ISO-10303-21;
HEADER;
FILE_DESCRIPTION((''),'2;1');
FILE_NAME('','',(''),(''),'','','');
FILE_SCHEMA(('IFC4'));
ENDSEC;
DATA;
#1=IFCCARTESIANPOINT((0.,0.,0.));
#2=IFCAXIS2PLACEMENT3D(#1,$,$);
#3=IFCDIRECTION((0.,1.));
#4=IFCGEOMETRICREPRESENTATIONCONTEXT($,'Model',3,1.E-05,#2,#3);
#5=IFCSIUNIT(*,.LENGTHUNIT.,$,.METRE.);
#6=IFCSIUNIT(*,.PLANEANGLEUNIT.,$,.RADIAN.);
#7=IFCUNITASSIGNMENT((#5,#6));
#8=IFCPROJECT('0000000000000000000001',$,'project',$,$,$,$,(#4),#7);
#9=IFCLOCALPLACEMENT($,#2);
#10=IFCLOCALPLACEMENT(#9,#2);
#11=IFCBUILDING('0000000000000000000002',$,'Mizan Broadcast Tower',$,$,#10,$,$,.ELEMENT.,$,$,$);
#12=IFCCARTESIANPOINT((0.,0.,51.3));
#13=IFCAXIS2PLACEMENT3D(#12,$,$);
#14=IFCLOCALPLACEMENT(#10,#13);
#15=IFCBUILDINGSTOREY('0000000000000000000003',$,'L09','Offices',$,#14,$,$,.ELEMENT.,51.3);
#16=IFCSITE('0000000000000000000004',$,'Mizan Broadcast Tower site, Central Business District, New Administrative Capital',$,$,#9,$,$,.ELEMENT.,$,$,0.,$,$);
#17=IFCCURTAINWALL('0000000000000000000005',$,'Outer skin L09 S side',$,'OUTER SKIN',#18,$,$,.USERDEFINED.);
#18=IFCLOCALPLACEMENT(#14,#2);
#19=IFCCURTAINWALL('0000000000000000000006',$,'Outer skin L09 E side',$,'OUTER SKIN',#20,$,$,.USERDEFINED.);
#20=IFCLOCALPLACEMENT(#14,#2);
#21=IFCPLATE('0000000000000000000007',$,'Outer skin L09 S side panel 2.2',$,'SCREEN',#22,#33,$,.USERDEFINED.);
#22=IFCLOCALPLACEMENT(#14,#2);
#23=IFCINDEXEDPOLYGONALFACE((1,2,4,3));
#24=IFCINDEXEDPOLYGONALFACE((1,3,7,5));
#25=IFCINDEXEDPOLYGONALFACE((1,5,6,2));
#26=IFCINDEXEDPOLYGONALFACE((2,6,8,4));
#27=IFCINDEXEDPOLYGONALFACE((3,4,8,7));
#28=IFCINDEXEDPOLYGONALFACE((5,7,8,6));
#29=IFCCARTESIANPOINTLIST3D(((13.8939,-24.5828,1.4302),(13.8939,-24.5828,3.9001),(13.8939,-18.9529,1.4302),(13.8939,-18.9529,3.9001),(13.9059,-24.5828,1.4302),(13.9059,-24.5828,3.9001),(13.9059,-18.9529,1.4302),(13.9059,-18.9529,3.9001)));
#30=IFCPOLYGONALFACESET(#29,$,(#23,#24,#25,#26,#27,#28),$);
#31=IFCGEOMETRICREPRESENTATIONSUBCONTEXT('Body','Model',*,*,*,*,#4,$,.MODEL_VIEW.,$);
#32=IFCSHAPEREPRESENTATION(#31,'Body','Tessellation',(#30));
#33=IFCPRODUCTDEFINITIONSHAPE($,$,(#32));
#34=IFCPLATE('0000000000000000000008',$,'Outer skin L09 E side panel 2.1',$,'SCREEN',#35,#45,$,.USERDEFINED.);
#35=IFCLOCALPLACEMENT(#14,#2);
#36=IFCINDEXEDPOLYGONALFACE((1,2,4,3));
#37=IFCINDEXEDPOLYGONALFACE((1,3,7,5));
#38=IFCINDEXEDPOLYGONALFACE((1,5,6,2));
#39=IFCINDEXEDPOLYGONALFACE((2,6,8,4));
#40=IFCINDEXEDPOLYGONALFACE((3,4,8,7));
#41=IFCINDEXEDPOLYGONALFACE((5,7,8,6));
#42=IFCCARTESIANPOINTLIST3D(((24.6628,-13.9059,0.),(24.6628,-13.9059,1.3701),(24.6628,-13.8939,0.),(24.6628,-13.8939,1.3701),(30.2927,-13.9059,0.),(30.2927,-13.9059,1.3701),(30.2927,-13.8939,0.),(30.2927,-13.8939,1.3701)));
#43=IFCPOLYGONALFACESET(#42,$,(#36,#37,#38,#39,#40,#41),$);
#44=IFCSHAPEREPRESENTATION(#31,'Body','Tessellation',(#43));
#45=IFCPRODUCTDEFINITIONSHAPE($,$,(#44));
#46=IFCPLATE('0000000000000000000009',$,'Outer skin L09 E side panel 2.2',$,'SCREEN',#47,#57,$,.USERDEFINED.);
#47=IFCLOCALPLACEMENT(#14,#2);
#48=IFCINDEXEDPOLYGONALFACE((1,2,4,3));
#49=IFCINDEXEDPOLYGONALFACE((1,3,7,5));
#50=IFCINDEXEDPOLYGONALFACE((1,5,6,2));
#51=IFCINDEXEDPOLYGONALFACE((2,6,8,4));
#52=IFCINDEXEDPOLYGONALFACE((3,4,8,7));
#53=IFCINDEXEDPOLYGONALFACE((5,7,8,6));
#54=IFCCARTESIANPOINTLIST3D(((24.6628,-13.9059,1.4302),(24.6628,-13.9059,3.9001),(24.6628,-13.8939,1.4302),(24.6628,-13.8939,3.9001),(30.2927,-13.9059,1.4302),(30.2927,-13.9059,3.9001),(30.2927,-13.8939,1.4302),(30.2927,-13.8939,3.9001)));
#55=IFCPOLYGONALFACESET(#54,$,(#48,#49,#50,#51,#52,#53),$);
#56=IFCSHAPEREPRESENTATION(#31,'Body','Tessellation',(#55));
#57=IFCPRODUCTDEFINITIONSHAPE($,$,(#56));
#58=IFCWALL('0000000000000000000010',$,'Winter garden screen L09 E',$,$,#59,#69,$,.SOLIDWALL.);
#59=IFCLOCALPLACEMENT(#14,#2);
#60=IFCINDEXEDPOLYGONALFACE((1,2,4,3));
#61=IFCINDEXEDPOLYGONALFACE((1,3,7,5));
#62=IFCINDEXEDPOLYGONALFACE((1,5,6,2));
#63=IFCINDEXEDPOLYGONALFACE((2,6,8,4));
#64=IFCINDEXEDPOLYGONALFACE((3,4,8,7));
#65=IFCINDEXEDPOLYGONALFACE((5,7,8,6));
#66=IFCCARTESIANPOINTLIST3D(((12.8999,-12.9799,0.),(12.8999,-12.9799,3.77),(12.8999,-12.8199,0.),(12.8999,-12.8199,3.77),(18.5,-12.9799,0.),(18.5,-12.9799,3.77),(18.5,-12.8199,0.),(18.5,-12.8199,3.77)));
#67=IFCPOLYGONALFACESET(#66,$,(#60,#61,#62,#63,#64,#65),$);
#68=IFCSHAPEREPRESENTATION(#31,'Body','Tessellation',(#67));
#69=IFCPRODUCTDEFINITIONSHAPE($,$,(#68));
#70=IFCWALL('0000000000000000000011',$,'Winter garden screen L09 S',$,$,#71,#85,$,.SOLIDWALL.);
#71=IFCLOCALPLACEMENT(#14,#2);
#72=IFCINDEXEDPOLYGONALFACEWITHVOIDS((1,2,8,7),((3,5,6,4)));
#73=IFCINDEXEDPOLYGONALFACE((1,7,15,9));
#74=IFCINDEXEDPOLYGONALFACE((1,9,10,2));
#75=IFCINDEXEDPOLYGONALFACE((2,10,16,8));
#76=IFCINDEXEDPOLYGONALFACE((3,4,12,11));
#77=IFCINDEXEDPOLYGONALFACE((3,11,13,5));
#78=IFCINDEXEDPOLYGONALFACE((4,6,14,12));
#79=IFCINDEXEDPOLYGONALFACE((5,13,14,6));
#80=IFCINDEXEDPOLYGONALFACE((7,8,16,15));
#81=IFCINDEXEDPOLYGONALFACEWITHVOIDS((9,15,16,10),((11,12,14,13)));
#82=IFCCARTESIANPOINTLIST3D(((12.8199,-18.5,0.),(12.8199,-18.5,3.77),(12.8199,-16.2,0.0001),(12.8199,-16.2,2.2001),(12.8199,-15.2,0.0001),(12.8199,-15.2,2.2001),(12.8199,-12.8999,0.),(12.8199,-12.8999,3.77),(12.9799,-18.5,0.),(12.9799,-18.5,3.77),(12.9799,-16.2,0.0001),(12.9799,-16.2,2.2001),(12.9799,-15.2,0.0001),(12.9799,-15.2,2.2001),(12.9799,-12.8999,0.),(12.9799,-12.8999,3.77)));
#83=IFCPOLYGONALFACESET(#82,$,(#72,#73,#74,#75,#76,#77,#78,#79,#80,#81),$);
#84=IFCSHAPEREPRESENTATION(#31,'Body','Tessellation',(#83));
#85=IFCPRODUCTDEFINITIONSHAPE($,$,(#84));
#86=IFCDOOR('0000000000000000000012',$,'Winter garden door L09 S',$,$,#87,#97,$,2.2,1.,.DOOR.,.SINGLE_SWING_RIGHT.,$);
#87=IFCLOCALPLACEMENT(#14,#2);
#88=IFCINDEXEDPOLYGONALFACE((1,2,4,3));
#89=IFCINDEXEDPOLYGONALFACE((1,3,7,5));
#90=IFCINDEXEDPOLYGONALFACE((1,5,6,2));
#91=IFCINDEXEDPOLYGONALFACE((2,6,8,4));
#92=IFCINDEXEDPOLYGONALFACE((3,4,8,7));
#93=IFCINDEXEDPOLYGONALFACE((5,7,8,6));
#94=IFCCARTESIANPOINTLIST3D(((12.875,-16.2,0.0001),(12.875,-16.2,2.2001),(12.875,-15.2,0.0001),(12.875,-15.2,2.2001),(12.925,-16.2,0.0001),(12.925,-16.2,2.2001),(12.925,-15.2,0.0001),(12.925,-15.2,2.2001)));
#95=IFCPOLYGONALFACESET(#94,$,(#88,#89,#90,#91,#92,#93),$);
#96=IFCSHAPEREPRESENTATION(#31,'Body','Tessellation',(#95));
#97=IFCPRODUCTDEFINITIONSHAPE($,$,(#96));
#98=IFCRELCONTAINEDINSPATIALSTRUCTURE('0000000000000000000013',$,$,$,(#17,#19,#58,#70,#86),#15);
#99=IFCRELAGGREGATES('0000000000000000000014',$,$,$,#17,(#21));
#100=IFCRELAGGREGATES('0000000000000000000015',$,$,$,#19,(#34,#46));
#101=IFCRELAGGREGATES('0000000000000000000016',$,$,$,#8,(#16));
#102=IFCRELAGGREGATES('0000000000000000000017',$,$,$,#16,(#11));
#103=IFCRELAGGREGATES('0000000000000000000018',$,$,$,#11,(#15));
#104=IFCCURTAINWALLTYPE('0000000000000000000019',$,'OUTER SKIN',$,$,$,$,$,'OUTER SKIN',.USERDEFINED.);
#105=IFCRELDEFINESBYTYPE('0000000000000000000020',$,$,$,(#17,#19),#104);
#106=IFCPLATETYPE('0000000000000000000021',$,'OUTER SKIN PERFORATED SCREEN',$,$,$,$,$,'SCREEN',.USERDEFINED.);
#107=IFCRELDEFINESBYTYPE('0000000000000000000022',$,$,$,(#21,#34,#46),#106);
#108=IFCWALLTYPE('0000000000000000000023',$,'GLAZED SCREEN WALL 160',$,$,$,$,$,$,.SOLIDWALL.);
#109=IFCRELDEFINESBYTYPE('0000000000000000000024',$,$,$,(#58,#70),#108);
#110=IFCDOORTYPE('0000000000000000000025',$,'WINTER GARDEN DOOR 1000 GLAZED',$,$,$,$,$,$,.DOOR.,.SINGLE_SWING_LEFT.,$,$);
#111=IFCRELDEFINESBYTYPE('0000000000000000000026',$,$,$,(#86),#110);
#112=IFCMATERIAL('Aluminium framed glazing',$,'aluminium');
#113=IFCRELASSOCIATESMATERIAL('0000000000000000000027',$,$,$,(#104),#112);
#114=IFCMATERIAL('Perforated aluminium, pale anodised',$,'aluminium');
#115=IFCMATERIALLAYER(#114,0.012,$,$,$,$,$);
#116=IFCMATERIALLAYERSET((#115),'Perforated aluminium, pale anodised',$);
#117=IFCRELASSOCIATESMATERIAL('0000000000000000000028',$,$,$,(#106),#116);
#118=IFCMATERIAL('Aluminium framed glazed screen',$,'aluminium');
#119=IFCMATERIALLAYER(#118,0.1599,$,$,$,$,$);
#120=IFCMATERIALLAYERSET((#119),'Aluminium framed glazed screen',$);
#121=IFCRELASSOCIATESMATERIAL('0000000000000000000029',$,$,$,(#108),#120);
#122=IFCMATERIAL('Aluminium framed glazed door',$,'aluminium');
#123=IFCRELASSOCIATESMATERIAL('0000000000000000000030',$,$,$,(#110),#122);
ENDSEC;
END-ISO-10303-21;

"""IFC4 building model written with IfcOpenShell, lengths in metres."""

from ifc_helpers import new_model, si_unit, direction, frame, frame_2d, origin, origin_2d, place, context, subcontext, project, spatial, rectangle, extrude, material, layer, layer_set, type_object, element, fill, aggregate, save


model = new_model("IFC4")

# Units and contexts
model_context = context("Model", 3, precision=1e-05, world=origin(), true_north=direction((0.0, 1.0)))
body_context = subcontext(model_context, "Body", "Model", "MODEL_VIEW")
ifc_project = project(units=[si_unit("LENGTHUNIT", "METRE"), si_unit("PLANEANGLEUNIT", "RADIAN")], contexts=[model_context])

# Site, building, storey
site_placement = place(None, origin())
site = spatial("IfcSite", under=ifc_project, at=site_placement, Name="Mizan Broadcast Tower site, Central Business District, New Administrative Capital", CompositionType="ELEMENT", RefElevation=0.0)
building_placement = place(site_placement, origin())
building = spatial("IfcBuilding", under=site, at=building_placement, Name="Mizan Broadcast Tower", CompositionType="ELEMENT")
storey_placement = place(building_placement, frame((0.0, 0.0, 51.3)))
storey = spatial("IfcBuildingStorey", under=building, at=storey_placement, Name="L09", Description="Offices", CompositionType="ELEMENT", Elevation=51.3)

# Shared definitions
ifc_material_1 = material(Name="Aluminium framed glazing", Category="aluminium")
curtain_wall_type_1 = type_object("IfcCurtainWallType", Name="OUTER SKIN", ElementType="OUTER SKIN", PredefinedType="USERDEFINED", material=ifc_material_1)

# Curtain wall
curtain_wall_1_placement = place(storey_placement, origin())
curtain_wall_1 = element("IfcCurtainWall", 1, at=curtain_wall_1_placement, inside=storey, type_object=curtain_wall_type_1, Name="Outer skin L09 S side", ObjectType="OUTER SKIN", PredefinedType="USERDEFINED")

# Curtain wall
curtain_wall_2_placement = place(storey_placement, origin())
curtain_wall_2 = element("IfcCurtainWall", 2, at=curtain_wall_2_placement, inside=storey, type_object=curtain_wall_type_1, Name="Outer skin L09 E side", ObjectType="OUTER SKIN", PredefinedType="USERDEFINED")

# Plates
ifc_material_2 = material(Name="Perforated aluminium, pale anodised", Category="aluminium")
ifc_layer_1 = layer(ifc_material_2, 0.012)
ifc_layer_set_1 = layer_set([ifc_layer_1], Name="Perforated aluminium, pale anodised")
plate_type_1 = type_object("IfcPlateType", Name="OUTER SKIN PERFORATED SCREEN", ElementType="SCREEN", PredefinedType="USERDEFINED", material=ifc_layer_set_1)
plate_1_placement = place(storey_placement, frame((13.8999, -21.7678, 1.4302), z_axis=(0.0, 0.0, 1.0), x_axis=(0.0, 1.0, 0.0)))
plate_1 = element("IfcPlate", 3, at=plate_1_placement, type_object=plate_type_1, Name="Outer skin L09 S side panel 2.2", ObjectType="SCREEN", PredefinedType="USERDEFINED", context=body_context, shape_type="SweptSolid", body=[
    extrude(rectangle(XDim=5.6299, YDim=0.012, at=origin_2d()), origin(), (0.0, 0.0, 1.0), 2.47),
])
aggregate(curtain_wall_1, [plate_1])
plate_2_placement = place(storey_placement, frame((27.4778, -13.8999, 0.0), z_axis=(0.0, 0.0, 1.0), x_axis=(1.0, 0.0, 0.0)))
plate_2 = element("IfcPlate", 4, at=plate_2_placement, type_object=plate_type_1, Name="Outer skin L09 E side panel 2.1", ObjectType="SCREEN", PredefinedType="USERDEFINED", context=body_context, shape_type="SweptSolid", body=[
    extrude(rectangle(XDim=5.6299, YDim=0.012, at=origin_2d()), origin(), (0.0, 0.0, 1.0), 1.3701),
])
plate_3_placement = place(storey_placement, frame((27.4778, -13.8999, 1.4302), z_axis=(0.0, 0.0, 1.0), x_axis=(1.0, 0.0, 0.0)))
plate_3 = element("IfcPlate", 5, at=plate_3_placement, type_object=plate_type_1, Name="Outer skin L09 E side panel 2.2", ObjectType="SCREEN", PredefinedType="USERDEFINED", context=body_context, shape_type="SweptSolid", body=[
    extrude(rectangle(XDim=5.6299, YDim=0.012, at=origin_2d()), origin(), (0.0, 0.0, 1.0), 2.47),
])
aggregate(curtain_wall_2, [plate_2, plate_3])

# Wall
ifc_material_3 = material(Name="Aluminium framed glazed screen", Category="aluminium")
ifc_layer_2 = layer(ifc_material_3, 0.1599)
ifc_layer_set_2 = layer_set([ifc_layer_2], Name="Aluminium framed glazed screen")
wall_type = type_object("IfcWallType", Name="GLAZED SCREEN WALL 160", PredefinedType="SOLIDWALL", material=ifc_layer_set_2)
wall_1_placement = place(storey_placement, frame((12.8999, -12.8999, 0.0), z_axis=(0.0, 0.0, 1.0), x_axis=(1.0, 0.0, 0.0)))
element("IfcWall", 6, at=wall_1_placement, inside=storey, type_object=wall_type, Name="Winter garden screen L09 E", PredefinedType="SOLIDWALL", context=body_context, shape_type="SweptSolid", body=[
    extrude(rectangle(XDim=5.6001, YDim=0.1599, at=frame_2d((2.8, 0.0))), origin(), (0.0, 0.0, 1.0), 3.77),
])

# Wall, opening, door
wall_2_placement = place(storey_placement, frame((12.8999, -18.5, 0.0), z_axis=(0.0, 0.0, 1.0), x_axis=(0.0, 1.0, 0.0)))
wall_2 = element("IfcWall", 7, at=wall_2_placement, inside=storey, type_object=wall_type, Name="Winter garden screen L09 S", PredefinedType="SOLIDWALL", context=body_context, shape_type="SweptSolid", body=[
    extrude(rectangle(XDim=5.6001, YDim=0.1599, at=frame_2d((2.8, 0.0))), origin(), (0.0, 0.0, 1.0), 3.77),
])
opening_placement = place(wall_2_placement, frame((2.3, 0.0, 0.0)))
opening = element("IfcOpeningElement", 8, at=opening_placement, cuts=wall_2, PredefinedType="OPENING", context=body_context, shape_type="SweptSolid", body=[
    extrude(rectangle(XDim=1.0, YDim=2.2, at=frame_2d((0.5, 1.1001))), frame((0.0, 0.0898, 0.0), z_axis=(0.0, -1.0, 0.0), x_axis=(1.0, 0.0, 0.0)), (0.0, 0.0, 1.0), 0.1799),
])
ifc_material_4 = material(Name="Aluminium framed glazed door", Category="aluminium")
door_type = type_object("IfcDoorType", Name="WINTER GARDEN DOOR 1000 GLAZED", OperationType="SINGLE_SWING_LEFT", PredefinedType="DOOR", material=ifc_material_4)
door_placement = place(opening_placement, origin())
door = element("IfcDoor", 9, at=door_placement, inside=storey, type_object=door_type, Name="Winter garden door L09 S", OperationType="SINGLE_SWING_RIGHT", OverallHeight=2.2, OverallWidth=1.0, PredefinedType="DOOR", context=body_context, shape_type="SweptSolid", body=[
    extrude(rectangle(XDim=1.0, YDim=2.2, at=frame_2d((0.5, 1.1001))), frame((0.0, 0.0249, 0.0), z_axis=(0.0, -1.0, 0.0), x_axis=(1.0, 0.0, 0.0)), (0.0, 0.0, 1.0), 0.05),
])
fill(opening, door)

save(model, "model.ifc")
